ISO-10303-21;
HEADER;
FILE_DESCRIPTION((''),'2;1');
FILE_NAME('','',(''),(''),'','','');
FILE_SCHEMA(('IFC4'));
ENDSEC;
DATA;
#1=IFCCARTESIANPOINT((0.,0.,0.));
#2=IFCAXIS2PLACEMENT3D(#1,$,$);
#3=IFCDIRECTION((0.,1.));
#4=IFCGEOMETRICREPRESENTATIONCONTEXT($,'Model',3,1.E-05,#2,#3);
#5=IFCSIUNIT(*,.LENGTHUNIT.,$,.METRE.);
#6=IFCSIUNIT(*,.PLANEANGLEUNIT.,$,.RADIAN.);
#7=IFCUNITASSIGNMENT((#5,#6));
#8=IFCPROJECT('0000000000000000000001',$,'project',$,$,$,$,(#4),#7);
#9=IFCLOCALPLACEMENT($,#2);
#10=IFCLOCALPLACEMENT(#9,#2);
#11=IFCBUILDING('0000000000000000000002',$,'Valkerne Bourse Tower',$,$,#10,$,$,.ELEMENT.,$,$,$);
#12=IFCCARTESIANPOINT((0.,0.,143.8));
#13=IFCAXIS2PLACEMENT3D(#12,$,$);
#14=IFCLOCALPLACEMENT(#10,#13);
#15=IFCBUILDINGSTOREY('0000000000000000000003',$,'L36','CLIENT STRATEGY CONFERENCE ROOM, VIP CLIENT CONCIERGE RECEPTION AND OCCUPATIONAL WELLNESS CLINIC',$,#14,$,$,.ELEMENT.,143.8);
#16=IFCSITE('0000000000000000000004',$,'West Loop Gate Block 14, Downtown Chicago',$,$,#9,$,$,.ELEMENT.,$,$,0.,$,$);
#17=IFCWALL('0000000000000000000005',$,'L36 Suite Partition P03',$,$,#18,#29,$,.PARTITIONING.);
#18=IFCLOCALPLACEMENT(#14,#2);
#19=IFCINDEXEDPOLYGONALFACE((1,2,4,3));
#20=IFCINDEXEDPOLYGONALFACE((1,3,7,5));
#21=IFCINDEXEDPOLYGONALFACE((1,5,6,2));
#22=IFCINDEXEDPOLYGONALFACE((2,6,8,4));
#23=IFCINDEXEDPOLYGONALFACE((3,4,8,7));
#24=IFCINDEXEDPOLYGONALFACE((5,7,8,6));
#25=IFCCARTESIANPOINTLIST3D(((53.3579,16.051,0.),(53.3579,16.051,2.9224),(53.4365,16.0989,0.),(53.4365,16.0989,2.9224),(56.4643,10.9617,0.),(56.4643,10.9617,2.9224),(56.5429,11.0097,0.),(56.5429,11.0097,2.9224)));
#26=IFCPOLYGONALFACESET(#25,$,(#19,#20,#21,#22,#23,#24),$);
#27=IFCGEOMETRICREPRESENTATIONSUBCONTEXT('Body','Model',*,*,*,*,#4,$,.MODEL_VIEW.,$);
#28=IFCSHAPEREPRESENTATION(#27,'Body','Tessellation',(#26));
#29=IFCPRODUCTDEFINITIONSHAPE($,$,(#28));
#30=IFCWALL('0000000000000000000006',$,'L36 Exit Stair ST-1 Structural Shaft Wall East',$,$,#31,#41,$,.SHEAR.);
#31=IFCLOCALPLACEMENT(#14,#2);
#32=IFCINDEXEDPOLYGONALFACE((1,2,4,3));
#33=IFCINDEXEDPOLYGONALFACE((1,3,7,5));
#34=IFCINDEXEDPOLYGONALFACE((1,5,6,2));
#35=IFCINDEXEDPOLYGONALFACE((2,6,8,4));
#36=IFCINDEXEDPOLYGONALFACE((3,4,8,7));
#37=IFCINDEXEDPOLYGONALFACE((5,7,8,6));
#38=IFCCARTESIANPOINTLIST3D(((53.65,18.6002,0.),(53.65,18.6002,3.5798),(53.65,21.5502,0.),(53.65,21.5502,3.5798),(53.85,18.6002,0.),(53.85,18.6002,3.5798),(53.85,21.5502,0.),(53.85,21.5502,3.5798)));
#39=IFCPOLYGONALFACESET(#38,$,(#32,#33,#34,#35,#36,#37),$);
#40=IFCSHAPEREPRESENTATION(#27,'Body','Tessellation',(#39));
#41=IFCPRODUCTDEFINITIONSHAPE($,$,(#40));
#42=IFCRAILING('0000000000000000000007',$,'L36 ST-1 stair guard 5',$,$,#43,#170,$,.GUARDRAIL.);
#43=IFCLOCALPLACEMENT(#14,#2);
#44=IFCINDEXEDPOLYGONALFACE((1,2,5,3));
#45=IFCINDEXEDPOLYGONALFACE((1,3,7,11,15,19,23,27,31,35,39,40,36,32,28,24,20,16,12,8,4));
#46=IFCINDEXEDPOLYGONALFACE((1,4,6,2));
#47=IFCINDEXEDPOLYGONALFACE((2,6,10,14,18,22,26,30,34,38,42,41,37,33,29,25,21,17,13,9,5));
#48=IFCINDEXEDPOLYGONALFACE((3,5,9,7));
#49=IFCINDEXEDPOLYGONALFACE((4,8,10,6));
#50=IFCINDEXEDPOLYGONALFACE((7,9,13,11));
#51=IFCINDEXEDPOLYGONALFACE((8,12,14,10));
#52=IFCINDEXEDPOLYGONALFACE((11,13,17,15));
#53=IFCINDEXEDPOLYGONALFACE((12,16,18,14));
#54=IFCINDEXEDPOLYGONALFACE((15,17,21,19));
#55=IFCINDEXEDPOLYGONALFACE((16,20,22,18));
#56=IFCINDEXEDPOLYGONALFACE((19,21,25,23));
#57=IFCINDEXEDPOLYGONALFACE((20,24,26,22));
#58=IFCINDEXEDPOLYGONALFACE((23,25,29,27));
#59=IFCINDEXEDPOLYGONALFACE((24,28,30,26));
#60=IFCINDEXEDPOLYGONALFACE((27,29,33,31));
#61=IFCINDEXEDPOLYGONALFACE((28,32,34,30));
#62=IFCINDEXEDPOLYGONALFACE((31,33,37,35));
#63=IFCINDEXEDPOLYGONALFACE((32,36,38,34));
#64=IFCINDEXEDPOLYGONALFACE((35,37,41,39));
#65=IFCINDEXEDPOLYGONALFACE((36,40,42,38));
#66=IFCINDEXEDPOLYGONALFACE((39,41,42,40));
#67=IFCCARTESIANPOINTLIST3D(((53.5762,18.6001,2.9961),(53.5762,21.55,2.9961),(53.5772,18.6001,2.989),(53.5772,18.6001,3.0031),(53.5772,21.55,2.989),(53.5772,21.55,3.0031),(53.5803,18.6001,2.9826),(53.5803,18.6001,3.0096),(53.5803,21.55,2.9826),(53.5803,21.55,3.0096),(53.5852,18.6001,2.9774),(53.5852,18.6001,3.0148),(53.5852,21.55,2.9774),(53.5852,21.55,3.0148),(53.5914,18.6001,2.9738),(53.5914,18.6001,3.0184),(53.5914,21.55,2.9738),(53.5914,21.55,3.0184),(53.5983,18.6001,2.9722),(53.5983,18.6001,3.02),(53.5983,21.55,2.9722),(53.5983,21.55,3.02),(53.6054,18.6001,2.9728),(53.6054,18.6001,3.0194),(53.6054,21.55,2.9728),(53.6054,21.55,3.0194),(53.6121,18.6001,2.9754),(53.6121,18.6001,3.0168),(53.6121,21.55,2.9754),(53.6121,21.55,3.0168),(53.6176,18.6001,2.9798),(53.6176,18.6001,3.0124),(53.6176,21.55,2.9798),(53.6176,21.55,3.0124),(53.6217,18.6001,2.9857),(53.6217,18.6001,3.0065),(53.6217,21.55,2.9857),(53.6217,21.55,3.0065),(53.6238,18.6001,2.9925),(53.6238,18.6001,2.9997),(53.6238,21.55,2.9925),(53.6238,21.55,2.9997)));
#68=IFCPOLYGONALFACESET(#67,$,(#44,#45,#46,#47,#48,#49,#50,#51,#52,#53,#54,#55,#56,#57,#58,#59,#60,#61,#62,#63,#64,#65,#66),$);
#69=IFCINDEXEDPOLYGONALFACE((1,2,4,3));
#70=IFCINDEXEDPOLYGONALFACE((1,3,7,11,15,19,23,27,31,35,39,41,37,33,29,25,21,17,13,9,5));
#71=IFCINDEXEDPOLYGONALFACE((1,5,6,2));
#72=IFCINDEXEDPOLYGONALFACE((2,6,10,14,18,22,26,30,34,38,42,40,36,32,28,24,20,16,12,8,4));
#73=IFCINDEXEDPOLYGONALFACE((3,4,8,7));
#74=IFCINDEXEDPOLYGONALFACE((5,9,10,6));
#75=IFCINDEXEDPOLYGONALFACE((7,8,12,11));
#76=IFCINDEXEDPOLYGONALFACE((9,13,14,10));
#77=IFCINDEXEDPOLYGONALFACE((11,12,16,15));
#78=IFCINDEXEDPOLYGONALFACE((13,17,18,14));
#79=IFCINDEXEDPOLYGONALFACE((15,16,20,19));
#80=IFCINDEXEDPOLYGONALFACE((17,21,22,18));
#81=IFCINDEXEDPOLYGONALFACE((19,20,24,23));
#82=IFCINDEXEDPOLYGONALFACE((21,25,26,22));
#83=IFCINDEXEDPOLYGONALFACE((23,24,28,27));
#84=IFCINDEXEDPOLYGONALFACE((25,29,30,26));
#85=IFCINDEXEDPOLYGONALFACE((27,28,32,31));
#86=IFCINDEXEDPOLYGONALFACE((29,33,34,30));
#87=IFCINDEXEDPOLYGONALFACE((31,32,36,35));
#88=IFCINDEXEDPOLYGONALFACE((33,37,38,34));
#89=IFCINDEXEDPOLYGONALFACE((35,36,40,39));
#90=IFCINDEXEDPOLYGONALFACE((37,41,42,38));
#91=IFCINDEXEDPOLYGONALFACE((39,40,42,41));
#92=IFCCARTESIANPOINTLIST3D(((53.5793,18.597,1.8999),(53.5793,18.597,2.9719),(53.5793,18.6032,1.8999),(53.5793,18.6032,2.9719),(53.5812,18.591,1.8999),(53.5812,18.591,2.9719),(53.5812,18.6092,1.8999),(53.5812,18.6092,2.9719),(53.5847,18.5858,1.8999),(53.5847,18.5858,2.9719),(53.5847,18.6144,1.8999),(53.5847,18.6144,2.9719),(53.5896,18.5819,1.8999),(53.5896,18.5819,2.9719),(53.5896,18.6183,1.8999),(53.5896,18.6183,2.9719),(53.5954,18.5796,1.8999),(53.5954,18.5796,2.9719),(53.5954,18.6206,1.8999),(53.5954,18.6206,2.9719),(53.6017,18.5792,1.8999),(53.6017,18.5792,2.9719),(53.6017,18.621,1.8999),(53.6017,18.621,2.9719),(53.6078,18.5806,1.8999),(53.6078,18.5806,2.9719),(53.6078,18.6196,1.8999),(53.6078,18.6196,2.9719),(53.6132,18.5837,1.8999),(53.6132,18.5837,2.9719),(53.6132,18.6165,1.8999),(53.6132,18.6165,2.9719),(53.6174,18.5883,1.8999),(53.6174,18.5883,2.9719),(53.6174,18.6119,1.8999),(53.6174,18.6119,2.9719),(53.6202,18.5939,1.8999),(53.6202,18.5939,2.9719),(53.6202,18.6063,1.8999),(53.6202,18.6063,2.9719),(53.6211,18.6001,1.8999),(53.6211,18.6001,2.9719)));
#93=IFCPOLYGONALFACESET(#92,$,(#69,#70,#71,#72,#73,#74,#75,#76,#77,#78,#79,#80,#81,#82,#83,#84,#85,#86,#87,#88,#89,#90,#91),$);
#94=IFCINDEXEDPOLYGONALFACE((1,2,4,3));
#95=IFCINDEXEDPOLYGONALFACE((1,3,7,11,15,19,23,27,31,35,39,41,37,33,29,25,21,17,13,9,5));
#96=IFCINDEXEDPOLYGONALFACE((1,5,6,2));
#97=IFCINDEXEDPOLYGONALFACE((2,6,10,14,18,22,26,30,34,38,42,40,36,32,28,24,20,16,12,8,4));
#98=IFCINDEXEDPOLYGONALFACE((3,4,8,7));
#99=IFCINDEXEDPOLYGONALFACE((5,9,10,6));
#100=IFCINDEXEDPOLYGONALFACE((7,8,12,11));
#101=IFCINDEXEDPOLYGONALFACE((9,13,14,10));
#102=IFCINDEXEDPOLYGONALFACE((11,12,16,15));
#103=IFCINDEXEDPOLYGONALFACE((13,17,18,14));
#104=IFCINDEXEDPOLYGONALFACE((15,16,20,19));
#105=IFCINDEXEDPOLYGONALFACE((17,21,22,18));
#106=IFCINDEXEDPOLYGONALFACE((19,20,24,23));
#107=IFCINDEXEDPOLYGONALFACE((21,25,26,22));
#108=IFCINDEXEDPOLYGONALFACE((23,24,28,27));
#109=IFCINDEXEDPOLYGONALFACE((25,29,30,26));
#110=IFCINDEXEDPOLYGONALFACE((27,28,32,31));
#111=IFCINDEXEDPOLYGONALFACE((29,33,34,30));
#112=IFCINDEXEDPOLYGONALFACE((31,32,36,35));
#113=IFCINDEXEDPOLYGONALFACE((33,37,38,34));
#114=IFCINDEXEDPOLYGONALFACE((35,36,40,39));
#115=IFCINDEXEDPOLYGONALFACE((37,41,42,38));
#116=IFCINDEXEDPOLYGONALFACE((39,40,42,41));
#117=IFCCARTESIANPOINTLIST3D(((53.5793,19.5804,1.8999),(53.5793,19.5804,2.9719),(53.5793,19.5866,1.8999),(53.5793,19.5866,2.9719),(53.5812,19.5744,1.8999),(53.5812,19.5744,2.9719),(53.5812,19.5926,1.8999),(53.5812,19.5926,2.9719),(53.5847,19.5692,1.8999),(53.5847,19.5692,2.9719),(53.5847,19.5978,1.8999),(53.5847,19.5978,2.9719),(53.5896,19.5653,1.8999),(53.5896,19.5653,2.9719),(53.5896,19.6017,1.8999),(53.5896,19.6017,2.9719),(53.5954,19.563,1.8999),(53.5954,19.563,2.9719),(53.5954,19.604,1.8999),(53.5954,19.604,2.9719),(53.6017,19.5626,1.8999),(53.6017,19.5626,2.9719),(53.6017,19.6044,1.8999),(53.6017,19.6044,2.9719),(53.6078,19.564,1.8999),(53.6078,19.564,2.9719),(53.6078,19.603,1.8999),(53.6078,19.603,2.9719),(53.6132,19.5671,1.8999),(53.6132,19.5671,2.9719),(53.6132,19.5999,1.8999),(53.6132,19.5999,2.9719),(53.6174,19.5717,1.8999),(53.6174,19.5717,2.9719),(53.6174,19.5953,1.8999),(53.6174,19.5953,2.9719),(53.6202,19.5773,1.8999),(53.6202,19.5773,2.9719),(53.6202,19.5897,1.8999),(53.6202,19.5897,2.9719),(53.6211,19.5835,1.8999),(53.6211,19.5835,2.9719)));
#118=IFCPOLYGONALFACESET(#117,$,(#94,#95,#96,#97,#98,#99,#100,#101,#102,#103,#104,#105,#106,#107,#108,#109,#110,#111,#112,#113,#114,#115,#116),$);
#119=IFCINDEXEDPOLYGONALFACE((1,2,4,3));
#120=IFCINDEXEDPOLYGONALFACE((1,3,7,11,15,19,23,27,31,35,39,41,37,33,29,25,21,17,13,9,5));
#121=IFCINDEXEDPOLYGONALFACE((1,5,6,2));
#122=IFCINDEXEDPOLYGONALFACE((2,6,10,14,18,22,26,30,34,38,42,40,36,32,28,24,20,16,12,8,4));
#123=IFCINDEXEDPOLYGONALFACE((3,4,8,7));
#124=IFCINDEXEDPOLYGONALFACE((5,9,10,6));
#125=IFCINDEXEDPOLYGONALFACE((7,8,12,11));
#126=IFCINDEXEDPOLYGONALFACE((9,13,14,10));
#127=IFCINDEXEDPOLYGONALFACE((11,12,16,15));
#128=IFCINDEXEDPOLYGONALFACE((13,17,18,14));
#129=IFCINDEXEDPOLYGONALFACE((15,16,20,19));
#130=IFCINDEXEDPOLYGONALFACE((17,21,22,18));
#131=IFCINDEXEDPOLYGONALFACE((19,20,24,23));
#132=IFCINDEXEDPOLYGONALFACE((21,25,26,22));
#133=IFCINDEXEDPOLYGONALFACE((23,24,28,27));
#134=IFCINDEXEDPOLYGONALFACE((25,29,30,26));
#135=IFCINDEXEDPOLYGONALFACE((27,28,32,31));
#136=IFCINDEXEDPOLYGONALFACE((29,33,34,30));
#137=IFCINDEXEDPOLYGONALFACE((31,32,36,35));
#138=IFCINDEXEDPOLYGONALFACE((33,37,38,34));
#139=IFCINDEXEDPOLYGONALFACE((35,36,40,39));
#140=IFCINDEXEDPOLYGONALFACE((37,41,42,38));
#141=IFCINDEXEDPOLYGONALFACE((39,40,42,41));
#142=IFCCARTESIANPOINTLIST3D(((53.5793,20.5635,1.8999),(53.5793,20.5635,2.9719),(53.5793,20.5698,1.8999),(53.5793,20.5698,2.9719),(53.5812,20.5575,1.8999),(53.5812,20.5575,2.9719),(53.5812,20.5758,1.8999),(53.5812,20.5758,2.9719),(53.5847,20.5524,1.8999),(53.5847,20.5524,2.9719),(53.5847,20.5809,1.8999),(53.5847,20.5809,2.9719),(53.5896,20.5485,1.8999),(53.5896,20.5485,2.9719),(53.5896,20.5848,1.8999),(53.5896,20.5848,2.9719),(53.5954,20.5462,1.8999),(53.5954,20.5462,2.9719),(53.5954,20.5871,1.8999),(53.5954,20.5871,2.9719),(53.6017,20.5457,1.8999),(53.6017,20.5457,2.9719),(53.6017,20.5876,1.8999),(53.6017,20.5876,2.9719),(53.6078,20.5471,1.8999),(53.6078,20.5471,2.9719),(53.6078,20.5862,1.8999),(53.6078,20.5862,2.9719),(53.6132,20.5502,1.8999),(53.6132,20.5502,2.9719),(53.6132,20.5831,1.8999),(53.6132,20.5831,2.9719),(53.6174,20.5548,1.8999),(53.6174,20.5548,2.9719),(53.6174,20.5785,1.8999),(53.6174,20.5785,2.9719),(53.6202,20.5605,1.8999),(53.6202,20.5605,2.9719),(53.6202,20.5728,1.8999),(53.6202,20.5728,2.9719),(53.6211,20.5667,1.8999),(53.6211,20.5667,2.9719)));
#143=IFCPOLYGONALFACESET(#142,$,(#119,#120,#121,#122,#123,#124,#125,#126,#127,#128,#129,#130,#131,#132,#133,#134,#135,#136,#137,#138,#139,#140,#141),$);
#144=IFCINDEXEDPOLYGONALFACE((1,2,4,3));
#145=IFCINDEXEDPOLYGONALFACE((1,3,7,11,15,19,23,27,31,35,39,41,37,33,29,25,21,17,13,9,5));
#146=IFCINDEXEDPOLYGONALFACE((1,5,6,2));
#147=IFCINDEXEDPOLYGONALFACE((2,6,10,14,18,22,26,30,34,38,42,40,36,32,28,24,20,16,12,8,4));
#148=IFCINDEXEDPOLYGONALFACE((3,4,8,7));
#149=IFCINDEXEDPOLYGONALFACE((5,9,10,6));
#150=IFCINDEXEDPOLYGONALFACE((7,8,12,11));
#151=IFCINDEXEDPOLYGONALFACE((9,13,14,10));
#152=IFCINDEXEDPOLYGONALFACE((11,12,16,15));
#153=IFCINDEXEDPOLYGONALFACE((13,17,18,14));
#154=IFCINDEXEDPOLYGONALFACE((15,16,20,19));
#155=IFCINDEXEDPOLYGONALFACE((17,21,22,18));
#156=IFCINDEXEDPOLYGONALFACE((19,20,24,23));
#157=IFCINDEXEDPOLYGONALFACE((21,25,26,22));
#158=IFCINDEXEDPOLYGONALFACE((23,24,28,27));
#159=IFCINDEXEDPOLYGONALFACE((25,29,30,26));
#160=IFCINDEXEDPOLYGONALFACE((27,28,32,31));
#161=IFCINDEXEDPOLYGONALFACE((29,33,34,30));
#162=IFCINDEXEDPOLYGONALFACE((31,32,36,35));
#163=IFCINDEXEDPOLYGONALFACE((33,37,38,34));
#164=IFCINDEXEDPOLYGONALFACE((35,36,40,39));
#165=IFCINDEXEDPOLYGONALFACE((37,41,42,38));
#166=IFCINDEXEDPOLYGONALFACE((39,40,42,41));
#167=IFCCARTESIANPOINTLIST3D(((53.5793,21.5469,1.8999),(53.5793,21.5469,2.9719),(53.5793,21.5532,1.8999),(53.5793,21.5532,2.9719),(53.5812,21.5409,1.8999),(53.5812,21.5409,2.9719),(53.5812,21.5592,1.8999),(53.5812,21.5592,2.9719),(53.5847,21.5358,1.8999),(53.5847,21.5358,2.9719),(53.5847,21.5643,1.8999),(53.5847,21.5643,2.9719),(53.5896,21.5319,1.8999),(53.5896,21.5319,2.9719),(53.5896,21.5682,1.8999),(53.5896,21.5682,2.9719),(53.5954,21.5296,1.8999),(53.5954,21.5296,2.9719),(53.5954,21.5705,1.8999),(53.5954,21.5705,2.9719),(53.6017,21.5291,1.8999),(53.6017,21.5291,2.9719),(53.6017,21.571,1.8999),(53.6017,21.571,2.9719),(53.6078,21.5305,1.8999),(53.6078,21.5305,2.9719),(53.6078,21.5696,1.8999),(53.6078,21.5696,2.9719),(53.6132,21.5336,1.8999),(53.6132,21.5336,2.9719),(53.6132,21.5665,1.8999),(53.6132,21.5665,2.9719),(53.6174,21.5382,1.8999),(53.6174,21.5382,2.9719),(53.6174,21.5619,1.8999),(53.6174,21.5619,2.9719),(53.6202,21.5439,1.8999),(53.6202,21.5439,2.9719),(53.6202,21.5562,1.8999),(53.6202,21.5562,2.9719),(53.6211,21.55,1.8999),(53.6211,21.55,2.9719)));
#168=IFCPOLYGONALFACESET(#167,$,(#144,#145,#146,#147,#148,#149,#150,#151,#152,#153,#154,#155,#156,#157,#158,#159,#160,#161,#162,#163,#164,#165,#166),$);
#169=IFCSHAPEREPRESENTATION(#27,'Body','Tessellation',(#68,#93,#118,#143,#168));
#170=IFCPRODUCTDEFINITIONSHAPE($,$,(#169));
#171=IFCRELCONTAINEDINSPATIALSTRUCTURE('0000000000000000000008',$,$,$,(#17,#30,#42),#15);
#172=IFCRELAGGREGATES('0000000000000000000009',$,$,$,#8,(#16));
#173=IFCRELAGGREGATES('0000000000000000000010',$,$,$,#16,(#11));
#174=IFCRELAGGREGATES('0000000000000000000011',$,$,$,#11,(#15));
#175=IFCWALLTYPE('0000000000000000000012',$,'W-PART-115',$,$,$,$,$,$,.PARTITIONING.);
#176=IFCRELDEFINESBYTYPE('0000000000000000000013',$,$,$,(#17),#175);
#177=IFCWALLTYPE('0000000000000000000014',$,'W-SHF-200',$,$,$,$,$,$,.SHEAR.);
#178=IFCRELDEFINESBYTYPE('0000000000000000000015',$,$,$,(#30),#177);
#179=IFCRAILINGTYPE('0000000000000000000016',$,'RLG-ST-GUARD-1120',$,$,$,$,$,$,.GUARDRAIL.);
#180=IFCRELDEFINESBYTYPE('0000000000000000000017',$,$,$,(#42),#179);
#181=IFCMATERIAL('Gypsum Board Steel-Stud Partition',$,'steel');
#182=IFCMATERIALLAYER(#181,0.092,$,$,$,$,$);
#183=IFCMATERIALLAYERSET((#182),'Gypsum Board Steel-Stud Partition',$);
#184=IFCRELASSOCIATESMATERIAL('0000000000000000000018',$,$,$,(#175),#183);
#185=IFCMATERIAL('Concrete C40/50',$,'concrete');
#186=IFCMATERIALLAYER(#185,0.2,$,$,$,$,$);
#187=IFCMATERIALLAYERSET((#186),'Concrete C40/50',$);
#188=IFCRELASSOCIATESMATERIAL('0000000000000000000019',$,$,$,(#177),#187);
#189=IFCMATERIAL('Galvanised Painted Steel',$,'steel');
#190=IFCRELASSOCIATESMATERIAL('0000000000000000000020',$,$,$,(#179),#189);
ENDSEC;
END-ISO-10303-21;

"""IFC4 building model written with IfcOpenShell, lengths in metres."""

from ifc_helpers import new_model, si_unit, direction, frame, frame_2d, origin, origin_2d, place, context, subcontext, project, spatial, rectangle, circle, extrude, material, layer, layer_set, type_object, element, save


model = new_model("IFC4")

# Units and contexts
model_context = context("Model", 3, precision=1e-05, world=origin(), true_north=direction((0.0, 1.0)))
body_context = subcontext(model_context, "Body", "Model", "MODEL_VIEW")
ifc_project = project(units=[si_unit("LENGTHUNIT", "METRE"), si_unit("PLANEANGLEUNIT", "RADIAN")], contexts=[model_context])

# Site, building, storey
site_placement = place(None, origin())
site = spatial("IfcSite", under=ifc_project, at=site_placement, Name="West Loop Gate Block 14, Downtown Chicago", CompositionType="ELEMENT", RefElevation=0.0)
building_placement = place(site_placement, origin())
building = spatial("IfcBuilding", under=site, at=building_placement, Name="Valkerne Bourse Tower", CompositionType="ELEMENT")
storey_placement = place(building_placement, frame((0.0, 0.0, 143.8)))
storey = spatial("IfcBuildingStorey", under=building, at=storey_placement, Name="L36", Description="CLIENT STRATEGY CONFERENCE ROOM, VIP CLIENT CONCIERGE RECEPTION AND OCCUPATIONAL WELLNESS CLINIC", CompositionType="ELEMENT", Elevation=143.8)

# Shared definitions
ifc_material_1 = material(Name="Gypsum Board Steel-Stud Partition", Category="steel")

# Walls
ifc_layer_1 = layer(ifc_material_1, 0.092)
ifc_layer_set_1 = layer_set([ifc_layer_1], Name="Gypsum Board Steel-Stud Partition")
wall_type_1 = type_object("IfcWallType", Name="W-PART-115", PredefinedType="PARTITIONING", material=ifc_layer_set_1)
wall_1_placement = place(storey_placement, frame((53.3972, 16.075, 0.0), z_axis=(0.0, 0.0, 1.0), x_axis=(0.520996, -0.853559, 0.0)))
element("IfcWall", 1, at=wall_1_placement, inside=storey, type_object=wall_type_1, Name="L36 Suite Partition P03", PredefinedType="PARTITIONING", context=body_context, shape_type="SweptSolid", body=[
    extrude(rectangle(XDim=5.9624, YDim=0.092, at=frame_2d((2.9812, 0.0))), origin(), (0.0, 0.0, 1.0), 2.9224),
])
ifc_material_2 = material(Name="Concrete C40/50", Category="concrete")
ifc_layer_2 = layer(ifc_material_2, 0.2)
ifc_layer_set_2 = layer_set([ifc_layer_2], Name="Concrete C40/50")
wall_type_2 = type_object("IfcWallType", Name="W-SHF-200", PredefinedType="SHEAR", material=ifc_layer_set_2)
wall_2_placement = place(storey_placement, frame((53.75, 18.6001, 0.0), z_axis=(0.0, 0.0, 1.0), x_axis=(0.0, 1.0, 0.0)))
element("IfcWall", 2, at=wall_2_placement, inside=storey, type_object=wall_type_2, Name="L36 Exit Stair ST-1 Structural Shaft Wall East", PredefinedType="SHEAR", context=body_context, shape_type="SweptSolid", body=[
    extrude(rectangle(XDim=2.95, YDim=0.2, at=frame_2d((1.4751, 0.0))), origin(), (0.0, 0.0, 1.0), 3.5798),
])

# Railing
ifc_material_3 = material(Name="Galvanised Painted Steel", Category="steel")
railing_type = type_object("IfcRailingType", Name="RLG-ST-GUARD-1120", PredefinedType="GUARDRAIL", material=ifc_material_3)
railing_1_placement = place(storey_placement, frame((53.6001, 18.6001, 1.8999)))
element("IfcRailing", 3, at=railing_1_placement, inside=storey, type_object=railing_type, Name="L36 ST-1 stair guard 5", PredefinedType="GUARDRAIL", context=body_context, shape_type="SweptSolid", body=[
    extrude(circle(Radius=0.0239, at=origin_2d()), frame((0.0, 0.0, 1.0962), z_axis=(0.0, 1.0, 0.0), x_axis=(-1.0, 0.0, 0.0)), (0.0, 0.0, 1.0), 2.95),
    extrude(circle(Radius=0.021, at=origin_2d()), origin(), (0.0, 0.0, 1.0), 1.072),
    extrude(circle(Radius=0.021, at=origin_2d()), frame((0.0, 0.9834, 0.0)), (0.0, 0.0, 1.0), 1.072),
    extrude(circle(Radius=0.021, at=origin_2d()), frame((0.0, 1.9666, 0.0)), (0.0, 0.0, 1.0), 1.072),
    extrude(circle(Radius=0.021, at=origin_2d()), frame((0.0, 2.95, 0.0)), (0.0, 0.0, 1.0), 1.072),
])

save(model, "model.ifc")
